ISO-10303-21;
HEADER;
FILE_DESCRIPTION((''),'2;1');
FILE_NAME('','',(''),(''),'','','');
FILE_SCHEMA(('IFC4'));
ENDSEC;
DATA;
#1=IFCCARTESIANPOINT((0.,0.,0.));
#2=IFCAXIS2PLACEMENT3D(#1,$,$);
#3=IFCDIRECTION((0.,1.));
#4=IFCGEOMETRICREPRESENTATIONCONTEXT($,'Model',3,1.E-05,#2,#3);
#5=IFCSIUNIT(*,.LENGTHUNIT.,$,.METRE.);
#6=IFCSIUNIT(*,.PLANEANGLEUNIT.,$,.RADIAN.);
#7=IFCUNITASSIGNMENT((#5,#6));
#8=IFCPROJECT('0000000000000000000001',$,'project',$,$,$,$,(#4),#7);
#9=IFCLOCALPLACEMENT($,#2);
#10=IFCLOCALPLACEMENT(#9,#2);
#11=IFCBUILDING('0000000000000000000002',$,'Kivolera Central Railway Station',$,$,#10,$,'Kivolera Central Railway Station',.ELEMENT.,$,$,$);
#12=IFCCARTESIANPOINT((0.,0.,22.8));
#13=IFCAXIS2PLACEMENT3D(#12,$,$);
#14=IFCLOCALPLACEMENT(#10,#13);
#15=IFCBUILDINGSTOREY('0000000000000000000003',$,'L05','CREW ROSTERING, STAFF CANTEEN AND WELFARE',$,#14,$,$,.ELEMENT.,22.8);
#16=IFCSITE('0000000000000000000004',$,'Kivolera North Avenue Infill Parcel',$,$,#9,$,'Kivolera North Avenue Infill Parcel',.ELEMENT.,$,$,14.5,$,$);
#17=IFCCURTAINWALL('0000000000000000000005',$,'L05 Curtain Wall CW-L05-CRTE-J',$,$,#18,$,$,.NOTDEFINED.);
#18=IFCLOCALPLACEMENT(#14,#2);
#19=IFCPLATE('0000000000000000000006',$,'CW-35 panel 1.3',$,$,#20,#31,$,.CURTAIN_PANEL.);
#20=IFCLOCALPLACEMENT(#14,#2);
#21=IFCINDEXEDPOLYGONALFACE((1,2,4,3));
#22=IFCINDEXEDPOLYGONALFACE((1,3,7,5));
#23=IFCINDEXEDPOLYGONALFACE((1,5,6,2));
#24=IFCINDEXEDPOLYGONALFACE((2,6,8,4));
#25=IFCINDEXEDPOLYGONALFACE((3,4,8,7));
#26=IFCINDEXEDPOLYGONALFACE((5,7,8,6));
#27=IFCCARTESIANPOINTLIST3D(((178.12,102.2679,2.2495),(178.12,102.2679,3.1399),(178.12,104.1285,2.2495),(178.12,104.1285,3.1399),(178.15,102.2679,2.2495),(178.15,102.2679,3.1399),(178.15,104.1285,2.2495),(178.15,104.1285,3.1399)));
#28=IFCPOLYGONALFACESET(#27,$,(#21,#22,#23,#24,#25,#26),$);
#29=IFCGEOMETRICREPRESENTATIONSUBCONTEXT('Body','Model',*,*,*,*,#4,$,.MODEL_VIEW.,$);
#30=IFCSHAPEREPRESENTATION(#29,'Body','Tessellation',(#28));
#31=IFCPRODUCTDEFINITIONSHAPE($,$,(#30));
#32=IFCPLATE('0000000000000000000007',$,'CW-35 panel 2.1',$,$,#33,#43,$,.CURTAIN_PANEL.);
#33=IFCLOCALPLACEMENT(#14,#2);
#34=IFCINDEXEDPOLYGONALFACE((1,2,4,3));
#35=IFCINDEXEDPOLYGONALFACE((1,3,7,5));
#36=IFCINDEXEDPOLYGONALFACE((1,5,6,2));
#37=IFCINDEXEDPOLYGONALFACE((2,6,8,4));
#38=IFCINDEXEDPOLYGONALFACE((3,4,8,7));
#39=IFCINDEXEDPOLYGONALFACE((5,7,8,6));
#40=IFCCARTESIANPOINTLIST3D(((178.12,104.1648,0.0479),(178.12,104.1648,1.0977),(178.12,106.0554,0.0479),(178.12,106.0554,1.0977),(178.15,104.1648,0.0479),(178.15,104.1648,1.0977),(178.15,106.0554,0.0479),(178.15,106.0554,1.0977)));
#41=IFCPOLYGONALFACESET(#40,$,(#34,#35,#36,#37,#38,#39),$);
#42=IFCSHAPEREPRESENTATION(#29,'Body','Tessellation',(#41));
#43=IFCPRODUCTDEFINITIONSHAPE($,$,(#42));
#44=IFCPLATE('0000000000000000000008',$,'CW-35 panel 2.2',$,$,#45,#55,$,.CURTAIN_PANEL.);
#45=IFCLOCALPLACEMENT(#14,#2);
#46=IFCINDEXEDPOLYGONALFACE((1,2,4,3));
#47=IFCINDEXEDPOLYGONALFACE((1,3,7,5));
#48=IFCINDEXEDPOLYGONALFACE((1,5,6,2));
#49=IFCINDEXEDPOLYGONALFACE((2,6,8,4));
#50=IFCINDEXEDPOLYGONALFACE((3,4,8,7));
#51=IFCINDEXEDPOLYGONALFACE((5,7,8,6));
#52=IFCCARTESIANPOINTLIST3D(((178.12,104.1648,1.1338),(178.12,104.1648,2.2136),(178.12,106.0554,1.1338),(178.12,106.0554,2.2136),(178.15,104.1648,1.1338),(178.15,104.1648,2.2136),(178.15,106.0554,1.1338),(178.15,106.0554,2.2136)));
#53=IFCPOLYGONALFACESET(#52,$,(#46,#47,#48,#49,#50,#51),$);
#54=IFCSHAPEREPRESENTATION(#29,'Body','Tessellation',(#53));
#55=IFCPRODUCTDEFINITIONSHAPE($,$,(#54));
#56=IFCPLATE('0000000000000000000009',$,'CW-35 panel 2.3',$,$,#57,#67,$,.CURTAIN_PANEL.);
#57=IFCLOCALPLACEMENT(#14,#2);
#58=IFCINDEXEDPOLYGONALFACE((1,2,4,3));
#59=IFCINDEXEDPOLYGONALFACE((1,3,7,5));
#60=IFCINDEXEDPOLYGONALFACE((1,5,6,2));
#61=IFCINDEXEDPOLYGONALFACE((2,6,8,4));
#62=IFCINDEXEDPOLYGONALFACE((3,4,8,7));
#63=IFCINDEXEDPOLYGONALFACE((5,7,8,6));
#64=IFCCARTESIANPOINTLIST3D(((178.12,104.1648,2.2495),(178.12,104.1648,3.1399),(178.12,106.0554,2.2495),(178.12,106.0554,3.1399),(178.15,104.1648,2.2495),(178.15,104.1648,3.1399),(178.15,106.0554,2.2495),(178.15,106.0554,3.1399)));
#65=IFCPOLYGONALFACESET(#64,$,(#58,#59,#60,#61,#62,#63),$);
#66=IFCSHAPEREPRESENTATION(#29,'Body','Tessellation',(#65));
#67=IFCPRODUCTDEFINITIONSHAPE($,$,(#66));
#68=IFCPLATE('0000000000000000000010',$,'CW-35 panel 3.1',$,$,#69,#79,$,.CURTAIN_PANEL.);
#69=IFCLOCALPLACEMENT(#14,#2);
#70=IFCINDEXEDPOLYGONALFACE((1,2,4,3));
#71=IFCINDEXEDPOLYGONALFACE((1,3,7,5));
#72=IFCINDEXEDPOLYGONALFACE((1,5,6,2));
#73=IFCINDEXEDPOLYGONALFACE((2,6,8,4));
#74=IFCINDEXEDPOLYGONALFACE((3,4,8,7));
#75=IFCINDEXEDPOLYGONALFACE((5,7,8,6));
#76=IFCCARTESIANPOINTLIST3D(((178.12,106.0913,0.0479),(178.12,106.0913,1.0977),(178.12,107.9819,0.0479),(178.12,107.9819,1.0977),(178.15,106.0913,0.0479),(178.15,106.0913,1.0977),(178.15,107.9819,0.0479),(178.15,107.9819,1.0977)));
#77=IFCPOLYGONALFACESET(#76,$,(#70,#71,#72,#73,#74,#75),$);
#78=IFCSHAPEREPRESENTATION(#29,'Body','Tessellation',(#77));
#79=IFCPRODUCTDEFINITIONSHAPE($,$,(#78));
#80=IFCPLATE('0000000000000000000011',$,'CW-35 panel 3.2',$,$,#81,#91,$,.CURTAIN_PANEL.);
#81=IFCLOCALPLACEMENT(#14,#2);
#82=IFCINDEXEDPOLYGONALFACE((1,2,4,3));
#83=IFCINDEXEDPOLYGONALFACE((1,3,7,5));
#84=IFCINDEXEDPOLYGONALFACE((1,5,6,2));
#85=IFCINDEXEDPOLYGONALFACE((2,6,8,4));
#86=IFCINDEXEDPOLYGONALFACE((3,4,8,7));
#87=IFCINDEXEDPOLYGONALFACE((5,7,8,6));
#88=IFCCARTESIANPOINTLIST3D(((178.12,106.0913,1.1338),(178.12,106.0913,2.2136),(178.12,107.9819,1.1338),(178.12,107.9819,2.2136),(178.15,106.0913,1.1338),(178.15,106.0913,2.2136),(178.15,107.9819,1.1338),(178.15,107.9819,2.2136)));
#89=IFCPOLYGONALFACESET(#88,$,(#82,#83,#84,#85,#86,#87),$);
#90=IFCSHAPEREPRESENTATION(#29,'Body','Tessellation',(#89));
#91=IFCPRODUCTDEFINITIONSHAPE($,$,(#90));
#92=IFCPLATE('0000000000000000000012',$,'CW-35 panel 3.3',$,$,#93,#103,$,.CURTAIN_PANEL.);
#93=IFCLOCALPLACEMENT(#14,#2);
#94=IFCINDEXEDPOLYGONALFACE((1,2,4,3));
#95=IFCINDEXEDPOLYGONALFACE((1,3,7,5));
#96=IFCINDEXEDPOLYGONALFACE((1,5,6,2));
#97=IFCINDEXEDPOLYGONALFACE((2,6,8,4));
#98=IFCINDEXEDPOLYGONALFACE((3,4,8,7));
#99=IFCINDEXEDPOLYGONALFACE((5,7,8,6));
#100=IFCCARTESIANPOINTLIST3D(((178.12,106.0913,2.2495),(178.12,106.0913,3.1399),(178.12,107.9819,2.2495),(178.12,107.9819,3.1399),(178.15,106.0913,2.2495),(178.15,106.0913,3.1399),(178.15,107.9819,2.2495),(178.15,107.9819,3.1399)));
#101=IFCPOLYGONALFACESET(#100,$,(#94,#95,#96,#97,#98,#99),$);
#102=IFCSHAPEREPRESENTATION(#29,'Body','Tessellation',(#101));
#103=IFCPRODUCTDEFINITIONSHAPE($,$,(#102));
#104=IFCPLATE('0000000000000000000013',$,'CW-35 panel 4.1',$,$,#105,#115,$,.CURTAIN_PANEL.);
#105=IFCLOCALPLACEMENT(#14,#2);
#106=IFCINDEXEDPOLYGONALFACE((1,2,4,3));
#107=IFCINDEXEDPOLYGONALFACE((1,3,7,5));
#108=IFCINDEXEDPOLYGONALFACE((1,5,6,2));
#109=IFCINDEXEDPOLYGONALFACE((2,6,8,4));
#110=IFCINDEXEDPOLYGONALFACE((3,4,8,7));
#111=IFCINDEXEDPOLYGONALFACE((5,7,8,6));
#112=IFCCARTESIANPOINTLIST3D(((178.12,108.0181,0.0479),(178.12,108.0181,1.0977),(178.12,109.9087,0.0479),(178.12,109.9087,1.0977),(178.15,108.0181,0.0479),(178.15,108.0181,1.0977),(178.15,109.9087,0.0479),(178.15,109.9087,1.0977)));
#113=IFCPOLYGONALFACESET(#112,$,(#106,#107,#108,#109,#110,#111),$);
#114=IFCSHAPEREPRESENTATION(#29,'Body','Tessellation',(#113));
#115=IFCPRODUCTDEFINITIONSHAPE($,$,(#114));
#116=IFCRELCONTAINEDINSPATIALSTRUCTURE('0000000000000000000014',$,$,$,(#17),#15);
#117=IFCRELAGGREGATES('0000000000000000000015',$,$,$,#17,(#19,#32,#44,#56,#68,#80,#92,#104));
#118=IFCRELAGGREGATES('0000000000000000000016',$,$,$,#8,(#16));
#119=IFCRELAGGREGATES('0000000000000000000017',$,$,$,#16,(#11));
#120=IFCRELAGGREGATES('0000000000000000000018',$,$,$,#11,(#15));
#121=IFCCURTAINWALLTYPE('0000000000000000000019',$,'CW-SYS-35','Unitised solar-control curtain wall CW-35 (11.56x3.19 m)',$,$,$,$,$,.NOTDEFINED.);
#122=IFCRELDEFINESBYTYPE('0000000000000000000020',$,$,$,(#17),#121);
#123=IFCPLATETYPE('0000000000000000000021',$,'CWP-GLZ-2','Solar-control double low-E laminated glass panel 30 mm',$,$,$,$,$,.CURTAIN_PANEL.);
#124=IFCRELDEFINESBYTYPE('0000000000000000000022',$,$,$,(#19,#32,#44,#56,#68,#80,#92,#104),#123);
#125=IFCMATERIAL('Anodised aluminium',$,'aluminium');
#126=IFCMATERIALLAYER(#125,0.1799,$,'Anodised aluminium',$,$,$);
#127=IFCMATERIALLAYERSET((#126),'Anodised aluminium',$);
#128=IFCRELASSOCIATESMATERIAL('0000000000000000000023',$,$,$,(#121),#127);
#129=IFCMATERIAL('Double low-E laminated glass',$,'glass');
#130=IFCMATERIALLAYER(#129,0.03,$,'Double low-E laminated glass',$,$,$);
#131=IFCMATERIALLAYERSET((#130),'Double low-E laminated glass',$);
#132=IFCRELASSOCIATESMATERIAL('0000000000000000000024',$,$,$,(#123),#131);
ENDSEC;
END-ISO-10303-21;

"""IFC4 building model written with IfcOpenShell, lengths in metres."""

from ifc_helpers import new_model, si_unit, direction, frame, origin, origin_2d, place, context, subcontext, project, spatial, rectangle, extrude, material, layer, layer_set, type_object, element, aggregate, save


model = new_model("IFC4")

# Units and contexts
model_context = context("Model", 3, precision=1e-05, world=origin(), true_north=direction((0.0, 1.0)))
body_context = subcontext(model_context, "Body", "Model", "MODEL_VIEW")
ifc_project = project(units=[si_unit("LENGTHUNIT", "METRE"), si_unit("PLANEANGLEUNIT", "RADIAN")], contexts=[model_context])

# Site, building, storey
site_placement = place(None, origin())
site = spatial("IfcSite", under=ifc_project, at=site_placement, Name="Kivolera North Avenue Infill Parcel", LongName="Kivolera North Avenue Infill Parcel", CompositionType="ELEMENT", RefElevation=14.5)
building_placement = place(site_placement, origin())
building = spatial("IfcBuilding", under=site, at=building_placement, Name="Kivolera Central Railway Station", LongName="Kivolera Central Railway Station", CompositionType="ELEMENT")
storey_placement = place(building_placement, frame((0.0, 0.0, 22.8)))
storey = spatial("IfcBuildingStorey", under=building, at=storey_placement, Name="L05", Description="CREW ROSTERING, STAFF CANTEEN AND WELFARE", CompositionType="ELEMENT", Elevation=22.8)

# Curtain wall, plates
ifc_material_1 = material(Name="Anodised aluminium", Category="aluminium")
ifc_layer_1 = layer(ifc_material_1, 0.1799, Name="Anodised aluminium")
ifc_layer_set_1 = layer_set([ifc_layer_1], Name="Anodised aluminium")
curtain_wall_type = type_object("IfcCurtainWallType", Name="CW-SYS-35", Description="Unitised solar-control curtain wall CW-35 (11.56x3.19 m)", PredefinedType="NOTDEFINED", material=ifc_layer_set_1)
curtain_wall_placement = place(storey_placement, origin())
curtain_wall = element("IfcCurtainWall", 1, at=curtain_wall_placement, inside=storey, type_object=curtain_wall_type, Name="L05 Curtain Wall CW-L05-CRTE-J", PredefinedType="NOTDEFINED")
ifc_material_2 = material(Name="Double low-E laminated glass", Category="glass")
ifc_layer_2 = layer(ifc_material_2, 0.03, Name="Double low-E laminated glass")
ifc_layer_set_2 = layer_set([ifc_layer_2], Name="Double low-E laminated glass")
plate_type = type_object("IfcPlateType", Name="CWP-GLZ-2", Description="Solar-control double low-E laminated glass panel 30 mm", PredefinedType="CURTAIN_PANEL", material=ifc_layer_set_2)
plate_1_placement = place(storey_placement, frame((178.135, 103.1982, 2.2495), z_axis=(0.0, 0.0, 1.0), x_axis=(0.0, 1.0, 0.0)))
plate_1 = element("IfcPlate", 2, at=plate_1_placement, type_object=plate_type, Name="CW-35 panel 1.3", PredefinedType="CURTAIN_PANEL", context=body_context, shape_type="SweptSolid", body=[
    extrude(rectangle(XDim=1.8606, YDim=0.03, at=origin_2d()), origin(), (0.0, 0.0, 1.0), 0.8904),
])
plate_2_placement = place(storey_placement, frame((178.135, 105.1101, 0.0479), z_axis=(0.0, 0.0, 1.0), x_axis=(0.0, 1.0, 0.0)))
plate_2 = element("IfcPlate", 3, at=plate_2_placement, type_object=plate_type, Name="CW-35 panel 2.1", PredefinedType="CURTAIN_PANEL", context=body_context, shape_type="SweptSolid", body=[
    extrude(rectangle(XDim=1.8906, YDim=0.03, at=origin_2d()), origin(), (0.0, 0.0, 1.0), 1.0498),
])
plate_3_placement = place(storey_placement, frame((178.135, 105.1101, 1.1338), z_axis=(0.0, 0.0, 1.0), x_axis=(0.0, 1.0, 0.0)))
plate_3 = element("IfcPlate", 4, at=plate_3_placement, type_object=plate_type, Name="CW-35 panel 2.2", PredefinedType="CURTAIN_PANEL", context=body_context, shape_type="SweptSolid", body=[
    extrude(rectangle(XDim=1.8906, YDim=0.03, at=origin_2d()), origin(), (0.0, 0.0, 1.0), 1.0798),
])
plate_4_placement = place(storey_placement, frame((178.135, 105.1101, 2.2495), z_axis=(0.0, 0.0, 1.0), x_axis=(0.0, 1.0, 0.0)))
plate_4 = element("IfcPlate", 5, at=plate_4_placement, type_object=plate_type, Name="CW-35 panel 2.3", PredefinedType="CURTAIN_PANEL", context=body_context, shape_type="SweptSolid", body=[
    extrude(rectangle(XDim=1.8906, YDim=0.03, at=origin_2d()), origin(), (0.0, 0.0, 1.0), 0.8904),
])
plate_5_placement = place(storey_placement, frame((178.135, 107.0366, 0.0479), z_axis=(0.0, 0.0, 1.0), x_axis=(0.0, 1.0, 0.0)))
plate_5 = element("IfcPlate", 6, at=plate_5_placement, type_object=plate_type, Name="CW-35 panel 3.1", PredefinedType="CURTAIN_PANEL", context=body_context, shape_type="SweptSolid", body=[
    extrude(rectangle(XDim=1.8906, YDim=0.03, at=origin_2d()), origin(), (0.0, 0.0, 1.0), 1.0498),
])
plate_6_placement = place(storey_placement, frame((178.135, 107.0366, 1.1338), z_axis=(0.0, 0.0, 1.0), x_axis=(0.0, 1.0, 0.0)))
plate_6 = element("IfcPlate", 7, at=plate_6_placement, type_object=plate_type, Name="CW-35 panel 3.2", PredefinedType="CURTAIN_PANEL", context=body_context, shape_type="SweptSolid", body=[
    extrude(rectangle(XDim=1.8906, YDim=0.03, at=origin_2d()), origin(), (0.0, 0.0, 1.0), 1.0798),
])
plate_7_placement = place(storey_placement, frame((178.135, 107.0366, 2.2495), z_axis=(0.0, 0.0, 1.0), x_axis=(0.0, 1.0, 0.0)))
plate_7 = element("IfcPlate", 8, at=plate_7_placement, type_object=plate_type, Name="CW-35 panel 3.3", PredefinedType="CURTAIN_PANEL", context=body_context, shape_type="SweptSolid", body=[
    extrude(rectangle(XDim=1.8906, YDim=0.03, at=origin_2d()), origin(), (0.0, 0.0, 1.0), 0.8904),
])
plate_8_placement = place(storey_placement, frame((178.135, 108.9634, 0.0479), z_axis=(0.0, 0.0, 1.0), x_axis=(0.0, 1.0, 0.0)))
plate_8 = element("IfcPlate", 9, at=plate_8_placement, type_object=plate_type, Name="CW-35 panel 4.1", PredefinedType="CURTAIN_PANEL", context=body_context, shape_type="SweptSolid", body=[
    extrude(rectangle(XDim=1.8906, YDim=0.03, at=origin_2d()), origin(), (0.0, 0.0, 1.0), 1.0498),
])
aggregate(curtain_wall, [plate_1, plate_2, plate_3, plate_4, plate_5, plate_6, plate_7, plate_8])

save(model, "model.ifc")
